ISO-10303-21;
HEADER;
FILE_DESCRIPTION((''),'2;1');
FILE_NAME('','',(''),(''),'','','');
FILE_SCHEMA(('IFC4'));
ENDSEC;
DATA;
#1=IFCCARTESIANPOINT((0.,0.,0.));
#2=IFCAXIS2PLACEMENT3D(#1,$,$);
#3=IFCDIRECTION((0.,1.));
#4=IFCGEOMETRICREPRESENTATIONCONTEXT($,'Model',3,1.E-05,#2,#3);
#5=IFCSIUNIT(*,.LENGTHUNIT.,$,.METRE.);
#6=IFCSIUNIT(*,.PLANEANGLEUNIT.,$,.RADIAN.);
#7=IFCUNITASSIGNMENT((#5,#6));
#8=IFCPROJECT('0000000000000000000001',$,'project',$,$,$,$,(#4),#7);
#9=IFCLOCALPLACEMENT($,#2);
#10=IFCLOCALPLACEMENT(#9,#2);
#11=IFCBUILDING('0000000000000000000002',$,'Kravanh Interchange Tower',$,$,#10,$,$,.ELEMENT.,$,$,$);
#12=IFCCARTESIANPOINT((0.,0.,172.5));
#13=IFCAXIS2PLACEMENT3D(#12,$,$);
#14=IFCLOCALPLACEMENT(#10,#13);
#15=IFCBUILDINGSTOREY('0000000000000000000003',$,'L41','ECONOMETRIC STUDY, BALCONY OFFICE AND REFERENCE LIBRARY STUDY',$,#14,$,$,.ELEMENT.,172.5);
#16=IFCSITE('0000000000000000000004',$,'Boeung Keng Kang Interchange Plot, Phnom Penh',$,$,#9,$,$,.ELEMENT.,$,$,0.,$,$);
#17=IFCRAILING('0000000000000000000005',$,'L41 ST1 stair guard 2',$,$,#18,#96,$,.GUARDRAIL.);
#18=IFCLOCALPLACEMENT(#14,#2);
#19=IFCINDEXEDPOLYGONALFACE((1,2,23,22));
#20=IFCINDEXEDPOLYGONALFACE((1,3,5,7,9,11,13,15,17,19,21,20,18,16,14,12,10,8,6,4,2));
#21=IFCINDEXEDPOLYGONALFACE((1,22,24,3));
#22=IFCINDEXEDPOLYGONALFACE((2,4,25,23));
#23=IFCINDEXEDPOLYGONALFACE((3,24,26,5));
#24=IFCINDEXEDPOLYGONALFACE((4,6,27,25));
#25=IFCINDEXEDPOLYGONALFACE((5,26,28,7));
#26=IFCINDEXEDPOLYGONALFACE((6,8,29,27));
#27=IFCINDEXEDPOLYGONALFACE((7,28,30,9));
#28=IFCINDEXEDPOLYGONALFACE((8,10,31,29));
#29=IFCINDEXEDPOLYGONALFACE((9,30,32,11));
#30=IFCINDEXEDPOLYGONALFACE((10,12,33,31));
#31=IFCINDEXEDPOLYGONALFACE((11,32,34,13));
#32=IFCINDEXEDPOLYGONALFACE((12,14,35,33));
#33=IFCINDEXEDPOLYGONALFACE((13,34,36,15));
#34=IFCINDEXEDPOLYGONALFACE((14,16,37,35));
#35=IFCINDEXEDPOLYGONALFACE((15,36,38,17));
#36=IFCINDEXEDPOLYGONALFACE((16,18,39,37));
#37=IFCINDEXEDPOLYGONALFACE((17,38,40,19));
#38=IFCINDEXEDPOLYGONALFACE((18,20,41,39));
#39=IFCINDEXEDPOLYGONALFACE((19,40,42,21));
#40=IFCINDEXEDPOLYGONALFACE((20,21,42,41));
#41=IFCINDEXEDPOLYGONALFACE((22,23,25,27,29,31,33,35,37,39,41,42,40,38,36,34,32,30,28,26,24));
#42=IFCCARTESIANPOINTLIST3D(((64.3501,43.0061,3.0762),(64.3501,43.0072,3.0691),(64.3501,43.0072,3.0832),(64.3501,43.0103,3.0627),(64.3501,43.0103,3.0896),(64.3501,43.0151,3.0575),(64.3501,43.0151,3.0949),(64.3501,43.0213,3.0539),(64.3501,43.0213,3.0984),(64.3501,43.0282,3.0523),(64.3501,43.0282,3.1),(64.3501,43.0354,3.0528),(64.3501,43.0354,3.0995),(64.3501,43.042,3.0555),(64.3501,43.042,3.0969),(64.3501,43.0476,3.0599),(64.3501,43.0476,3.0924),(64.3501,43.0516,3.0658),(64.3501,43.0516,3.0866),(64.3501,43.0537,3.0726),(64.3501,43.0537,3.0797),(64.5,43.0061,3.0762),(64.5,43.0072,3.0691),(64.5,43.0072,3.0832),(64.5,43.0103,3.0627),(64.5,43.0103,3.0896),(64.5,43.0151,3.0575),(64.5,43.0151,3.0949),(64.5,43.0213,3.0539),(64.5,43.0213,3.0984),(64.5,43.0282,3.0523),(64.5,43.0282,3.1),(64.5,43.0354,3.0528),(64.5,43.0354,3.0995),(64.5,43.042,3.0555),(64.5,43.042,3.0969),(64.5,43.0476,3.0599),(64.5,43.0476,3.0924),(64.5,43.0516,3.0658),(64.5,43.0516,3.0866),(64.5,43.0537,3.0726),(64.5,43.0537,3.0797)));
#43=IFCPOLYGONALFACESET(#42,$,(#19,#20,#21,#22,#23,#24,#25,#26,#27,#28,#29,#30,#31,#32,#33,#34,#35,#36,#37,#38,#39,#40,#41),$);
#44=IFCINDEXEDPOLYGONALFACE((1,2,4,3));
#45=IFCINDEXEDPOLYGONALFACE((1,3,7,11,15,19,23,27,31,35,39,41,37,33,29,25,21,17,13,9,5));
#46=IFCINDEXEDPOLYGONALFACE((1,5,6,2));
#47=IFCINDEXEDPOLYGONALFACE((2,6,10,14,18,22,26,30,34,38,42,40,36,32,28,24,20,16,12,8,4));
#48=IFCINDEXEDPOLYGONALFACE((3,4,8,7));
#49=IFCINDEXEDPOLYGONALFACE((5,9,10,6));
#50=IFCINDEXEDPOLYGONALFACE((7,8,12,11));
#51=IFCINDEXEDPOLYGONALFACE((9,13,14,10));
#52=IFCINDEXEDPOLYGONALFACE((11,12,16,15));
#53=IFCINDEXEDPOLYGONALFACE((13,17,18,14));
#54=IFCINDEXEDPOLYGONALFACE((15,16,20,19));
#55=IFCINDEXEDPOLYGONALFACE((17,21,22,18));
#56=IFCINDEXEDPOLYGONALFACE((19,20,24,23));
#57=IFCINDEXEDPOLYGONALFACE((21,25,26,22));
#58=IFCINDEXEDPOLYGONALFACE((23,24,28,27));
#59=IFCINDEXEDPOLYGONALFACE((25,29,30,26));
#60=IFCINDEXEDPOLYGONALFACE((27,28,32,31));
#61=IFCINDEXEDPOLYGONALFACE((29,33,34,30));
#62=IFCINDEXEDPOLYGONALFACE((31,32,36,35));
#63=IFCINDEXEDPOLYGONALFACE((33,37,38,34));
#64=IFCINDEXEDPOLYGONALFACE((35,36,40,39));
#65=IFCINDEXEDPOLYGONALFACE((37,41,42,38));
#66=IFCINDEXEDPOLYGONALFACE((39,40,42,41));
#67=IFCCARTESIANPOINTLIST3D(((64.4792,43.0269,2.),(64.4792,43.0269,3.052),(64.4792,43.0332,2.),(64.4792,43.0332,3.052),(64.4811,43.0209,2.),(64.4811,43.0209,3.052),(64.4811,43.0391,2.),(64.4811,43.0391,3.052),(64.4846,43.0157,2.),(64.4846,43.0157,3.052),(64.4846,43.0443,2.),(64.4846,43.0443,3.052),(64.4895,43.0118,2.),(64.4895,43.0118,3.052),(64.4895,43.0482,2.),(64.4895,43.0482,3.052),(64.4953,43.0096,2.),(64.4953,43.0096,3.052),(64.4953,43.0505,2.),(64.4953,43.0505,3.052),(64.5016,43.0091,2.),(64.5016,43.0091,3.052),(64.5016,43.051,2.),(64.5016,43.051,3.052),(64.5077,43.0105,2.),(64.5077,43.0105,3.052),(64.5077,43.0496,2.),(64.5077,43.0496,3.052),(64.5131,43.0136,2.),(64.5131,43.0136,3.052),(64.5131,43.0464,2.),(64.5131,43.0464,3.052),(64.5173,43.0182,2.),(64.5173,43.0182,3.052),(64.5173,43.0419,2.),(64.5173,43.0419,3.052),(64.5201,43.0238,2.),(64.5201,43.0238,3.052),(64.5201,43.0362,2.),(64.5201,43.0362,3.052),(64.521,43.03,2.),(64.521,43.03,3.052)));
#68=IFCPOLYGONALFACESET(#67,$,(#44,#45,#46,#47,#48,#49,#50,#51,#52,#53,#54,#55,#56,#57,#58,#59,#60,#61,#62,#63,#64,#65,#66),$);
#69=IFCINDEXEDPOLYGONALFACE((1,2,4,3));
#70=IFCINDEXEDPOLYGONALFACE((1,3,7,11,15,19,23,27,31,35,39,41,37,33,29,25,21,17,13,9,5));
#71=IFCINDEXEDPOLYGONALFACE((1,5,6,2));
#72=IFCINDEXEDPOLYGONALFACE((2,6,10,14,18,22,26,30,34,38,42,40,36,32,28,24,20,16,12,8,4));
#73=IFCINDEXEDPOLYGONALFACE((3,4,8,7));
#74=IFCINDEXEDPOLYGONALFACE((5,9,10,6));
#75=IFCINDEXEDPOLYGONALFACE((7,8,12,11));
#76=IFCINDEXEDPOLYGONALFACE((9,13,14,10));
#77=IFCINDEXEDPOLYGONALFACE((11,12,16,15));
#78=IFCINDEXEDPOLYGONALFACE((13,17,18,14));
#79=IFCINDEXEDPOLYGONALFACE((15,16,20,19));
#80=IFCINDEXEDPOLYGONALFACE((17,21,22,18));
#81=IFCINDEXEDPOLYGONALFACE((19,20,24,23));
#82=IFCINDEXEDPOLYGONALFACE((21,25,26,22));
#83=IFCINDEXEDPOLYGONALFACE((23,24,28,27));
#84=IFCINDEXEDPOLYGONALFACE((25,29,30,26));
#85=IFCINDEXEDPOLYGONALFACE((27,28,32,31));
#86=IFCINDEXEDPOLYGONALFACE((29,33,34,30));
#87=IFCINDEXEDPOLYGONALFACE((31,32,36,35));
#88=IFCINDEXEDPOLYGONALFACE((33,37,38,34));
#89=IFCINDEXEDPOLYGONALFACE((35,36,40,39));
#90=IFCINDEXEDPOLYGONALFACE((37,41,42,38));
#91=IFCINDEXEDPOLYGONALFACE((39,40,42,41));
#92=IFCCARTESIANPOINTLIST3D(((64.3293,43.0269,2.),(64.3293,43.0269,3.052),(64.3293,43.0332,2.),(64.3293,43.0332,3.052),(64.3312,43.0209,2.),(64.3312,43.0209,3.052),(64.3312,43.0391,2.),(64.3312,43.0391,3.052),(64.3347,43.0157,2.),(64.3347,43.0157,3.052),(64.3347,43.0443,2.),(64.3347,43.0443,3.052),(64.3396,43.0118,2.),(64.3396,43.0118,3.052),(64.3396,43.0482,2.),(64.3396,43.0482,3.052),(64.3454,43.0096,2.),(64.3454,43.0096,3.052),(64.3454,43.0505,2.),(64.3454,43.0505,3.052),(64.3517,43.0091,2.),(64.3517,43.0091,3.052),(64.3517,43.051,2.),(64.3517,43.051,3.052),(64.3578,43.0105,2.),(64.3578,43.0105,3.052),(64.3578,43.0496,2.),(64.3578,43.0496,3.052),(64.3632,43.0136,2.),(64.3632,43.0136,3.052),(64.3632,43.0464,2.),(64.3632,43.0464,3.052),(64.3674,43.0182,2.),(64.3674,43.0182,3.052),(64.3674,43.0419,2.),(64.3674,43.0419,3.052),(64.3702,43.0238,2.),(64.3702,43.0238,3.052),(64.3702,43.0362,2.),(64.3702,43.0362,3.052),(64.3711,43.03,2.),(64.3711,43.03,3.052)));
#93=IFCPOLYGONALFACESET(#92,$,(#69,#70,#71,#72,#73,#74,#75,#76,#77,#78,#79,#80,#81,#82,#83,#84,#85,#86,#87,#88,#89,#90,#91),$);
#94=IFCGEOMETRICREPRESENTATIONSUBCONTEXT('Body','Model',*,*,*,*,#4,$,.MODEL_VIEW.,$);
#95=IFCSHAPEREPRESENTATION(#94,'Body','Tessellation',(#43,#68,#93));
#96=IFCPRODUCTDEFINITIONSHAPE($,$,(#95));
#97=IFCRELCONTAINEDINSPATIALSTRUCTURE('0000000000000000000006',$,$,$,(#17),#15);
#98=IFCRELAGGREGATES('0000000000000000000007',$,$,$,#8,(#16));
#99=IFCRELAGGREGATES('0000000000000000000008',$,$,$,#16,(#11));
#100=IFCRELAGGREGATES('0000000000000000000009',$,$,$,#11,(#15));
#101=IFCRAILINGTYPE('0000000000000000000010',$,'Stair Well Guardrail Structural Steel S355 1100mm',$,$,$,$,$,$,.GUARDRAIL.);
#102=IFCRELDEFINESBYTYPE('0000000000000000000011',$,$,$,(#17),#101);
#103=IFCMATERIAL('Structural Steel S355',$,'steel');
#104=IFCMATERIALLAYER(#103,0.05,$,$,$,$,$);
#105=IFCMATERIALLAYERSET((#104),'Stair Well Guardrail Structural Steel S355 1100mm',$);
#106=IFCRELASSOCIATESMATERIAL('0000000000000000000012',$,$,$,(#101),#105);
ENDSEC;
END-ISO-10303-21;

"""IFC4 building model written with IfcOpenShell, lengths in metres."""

from ifc_helpers import new_model, si_unit, direction, frame, origin, origin_2d, place, context, subcontext, project, spatial, circle, extrude, material, layer, layer_set, type_object, element, save


model = new_model("IFC4")

# Units and contexts
model_context = context("Model", 3, precision=1e-05, world=origin(), true_north=direction((0.0, 1.0)))
body_context = subcontext(model_context, "Body", "Model", "MODEL_VIEW")
ifc_project = project(units=[si_unit("LENGTHUNIT", "METRE"), si_unit("PLANEANGLEUNIT", "RADIAN")], contexts=[model_context])

# Site, building, storey
site_placement = place(None, origin())
site = spatial("IfcSite", under=ifc_project, at=site_placement, Name="Boeung Keng Kang Interchange Plot, Phnom Penh", CompositionType="ELEMENT", RefElevation=0.0)
building_placement = place(site_placement, origin())
building = spatial("IfcBuilding", under=site, at=building_placement, Name="Kravanh Interchange Tower", CompositionType="ELEMENT")
storey_placement = place(building_placement, frame((0.0, 0.0, 172.5)))
storey = spatial("IfcBuildingStorey", under=building, at=storey_placement, Name="L41", Description="ECONOMETRIC STUDY, BALCONY OFFICE AND REFERENCE LIBRARY STUDY", CompositionType="ELEMENT", Elevation=172.5)

# Railing
ifc_material_1 = material(Name="Structural Steel S355", Category="steel")
ifc_layer_1 = layer(ifc_material_1, 0.05)
ifc_layer_set_1 = layer_set([ifc_layer_1], Name="Stair Well Guardrail Structural Steel S355 1100mm")
railing_type_1 = type_object("IfcRailingType", Name="Stair Well Guardrail Structural Steel S355 1100mm", PredefinedType="GUARDRAIL", material=ifc_layer_set_1)
railing_1_placement = place(storey_placement, frame((64.5, 43.03, 2.0)))
element("IfcRailing", 1, at=railing_1_placement, inside=storey, type_object=railing_type_1, Name="L41 ST1 stair guard 2", PredefinedType="GUARDRAIL", context=body_context, shape_type="SweptSolid", body=[
    extrude(circle(Radius=0.0239, at=origin_2d()), frame((0.0, 0.0, 1.0762), z_axis=(-1.0, 0.0, 0.0), x_axis=(0.0, -1.0, 0.0)), (0.0, 0.0, 1.0), 0.1499),
    extrude(circle(Radius=0.021, at=origin_2d()), origin(), (0.0, 0.0, 1.0), 1.052),
    extrude(circle(Radius=0.021, at=origin_2d()), frame((-0.1499, 0.0, 0.0)), (0.0, 0.0, 1.0), 1.052),
])

save(model, "model.ifc")
